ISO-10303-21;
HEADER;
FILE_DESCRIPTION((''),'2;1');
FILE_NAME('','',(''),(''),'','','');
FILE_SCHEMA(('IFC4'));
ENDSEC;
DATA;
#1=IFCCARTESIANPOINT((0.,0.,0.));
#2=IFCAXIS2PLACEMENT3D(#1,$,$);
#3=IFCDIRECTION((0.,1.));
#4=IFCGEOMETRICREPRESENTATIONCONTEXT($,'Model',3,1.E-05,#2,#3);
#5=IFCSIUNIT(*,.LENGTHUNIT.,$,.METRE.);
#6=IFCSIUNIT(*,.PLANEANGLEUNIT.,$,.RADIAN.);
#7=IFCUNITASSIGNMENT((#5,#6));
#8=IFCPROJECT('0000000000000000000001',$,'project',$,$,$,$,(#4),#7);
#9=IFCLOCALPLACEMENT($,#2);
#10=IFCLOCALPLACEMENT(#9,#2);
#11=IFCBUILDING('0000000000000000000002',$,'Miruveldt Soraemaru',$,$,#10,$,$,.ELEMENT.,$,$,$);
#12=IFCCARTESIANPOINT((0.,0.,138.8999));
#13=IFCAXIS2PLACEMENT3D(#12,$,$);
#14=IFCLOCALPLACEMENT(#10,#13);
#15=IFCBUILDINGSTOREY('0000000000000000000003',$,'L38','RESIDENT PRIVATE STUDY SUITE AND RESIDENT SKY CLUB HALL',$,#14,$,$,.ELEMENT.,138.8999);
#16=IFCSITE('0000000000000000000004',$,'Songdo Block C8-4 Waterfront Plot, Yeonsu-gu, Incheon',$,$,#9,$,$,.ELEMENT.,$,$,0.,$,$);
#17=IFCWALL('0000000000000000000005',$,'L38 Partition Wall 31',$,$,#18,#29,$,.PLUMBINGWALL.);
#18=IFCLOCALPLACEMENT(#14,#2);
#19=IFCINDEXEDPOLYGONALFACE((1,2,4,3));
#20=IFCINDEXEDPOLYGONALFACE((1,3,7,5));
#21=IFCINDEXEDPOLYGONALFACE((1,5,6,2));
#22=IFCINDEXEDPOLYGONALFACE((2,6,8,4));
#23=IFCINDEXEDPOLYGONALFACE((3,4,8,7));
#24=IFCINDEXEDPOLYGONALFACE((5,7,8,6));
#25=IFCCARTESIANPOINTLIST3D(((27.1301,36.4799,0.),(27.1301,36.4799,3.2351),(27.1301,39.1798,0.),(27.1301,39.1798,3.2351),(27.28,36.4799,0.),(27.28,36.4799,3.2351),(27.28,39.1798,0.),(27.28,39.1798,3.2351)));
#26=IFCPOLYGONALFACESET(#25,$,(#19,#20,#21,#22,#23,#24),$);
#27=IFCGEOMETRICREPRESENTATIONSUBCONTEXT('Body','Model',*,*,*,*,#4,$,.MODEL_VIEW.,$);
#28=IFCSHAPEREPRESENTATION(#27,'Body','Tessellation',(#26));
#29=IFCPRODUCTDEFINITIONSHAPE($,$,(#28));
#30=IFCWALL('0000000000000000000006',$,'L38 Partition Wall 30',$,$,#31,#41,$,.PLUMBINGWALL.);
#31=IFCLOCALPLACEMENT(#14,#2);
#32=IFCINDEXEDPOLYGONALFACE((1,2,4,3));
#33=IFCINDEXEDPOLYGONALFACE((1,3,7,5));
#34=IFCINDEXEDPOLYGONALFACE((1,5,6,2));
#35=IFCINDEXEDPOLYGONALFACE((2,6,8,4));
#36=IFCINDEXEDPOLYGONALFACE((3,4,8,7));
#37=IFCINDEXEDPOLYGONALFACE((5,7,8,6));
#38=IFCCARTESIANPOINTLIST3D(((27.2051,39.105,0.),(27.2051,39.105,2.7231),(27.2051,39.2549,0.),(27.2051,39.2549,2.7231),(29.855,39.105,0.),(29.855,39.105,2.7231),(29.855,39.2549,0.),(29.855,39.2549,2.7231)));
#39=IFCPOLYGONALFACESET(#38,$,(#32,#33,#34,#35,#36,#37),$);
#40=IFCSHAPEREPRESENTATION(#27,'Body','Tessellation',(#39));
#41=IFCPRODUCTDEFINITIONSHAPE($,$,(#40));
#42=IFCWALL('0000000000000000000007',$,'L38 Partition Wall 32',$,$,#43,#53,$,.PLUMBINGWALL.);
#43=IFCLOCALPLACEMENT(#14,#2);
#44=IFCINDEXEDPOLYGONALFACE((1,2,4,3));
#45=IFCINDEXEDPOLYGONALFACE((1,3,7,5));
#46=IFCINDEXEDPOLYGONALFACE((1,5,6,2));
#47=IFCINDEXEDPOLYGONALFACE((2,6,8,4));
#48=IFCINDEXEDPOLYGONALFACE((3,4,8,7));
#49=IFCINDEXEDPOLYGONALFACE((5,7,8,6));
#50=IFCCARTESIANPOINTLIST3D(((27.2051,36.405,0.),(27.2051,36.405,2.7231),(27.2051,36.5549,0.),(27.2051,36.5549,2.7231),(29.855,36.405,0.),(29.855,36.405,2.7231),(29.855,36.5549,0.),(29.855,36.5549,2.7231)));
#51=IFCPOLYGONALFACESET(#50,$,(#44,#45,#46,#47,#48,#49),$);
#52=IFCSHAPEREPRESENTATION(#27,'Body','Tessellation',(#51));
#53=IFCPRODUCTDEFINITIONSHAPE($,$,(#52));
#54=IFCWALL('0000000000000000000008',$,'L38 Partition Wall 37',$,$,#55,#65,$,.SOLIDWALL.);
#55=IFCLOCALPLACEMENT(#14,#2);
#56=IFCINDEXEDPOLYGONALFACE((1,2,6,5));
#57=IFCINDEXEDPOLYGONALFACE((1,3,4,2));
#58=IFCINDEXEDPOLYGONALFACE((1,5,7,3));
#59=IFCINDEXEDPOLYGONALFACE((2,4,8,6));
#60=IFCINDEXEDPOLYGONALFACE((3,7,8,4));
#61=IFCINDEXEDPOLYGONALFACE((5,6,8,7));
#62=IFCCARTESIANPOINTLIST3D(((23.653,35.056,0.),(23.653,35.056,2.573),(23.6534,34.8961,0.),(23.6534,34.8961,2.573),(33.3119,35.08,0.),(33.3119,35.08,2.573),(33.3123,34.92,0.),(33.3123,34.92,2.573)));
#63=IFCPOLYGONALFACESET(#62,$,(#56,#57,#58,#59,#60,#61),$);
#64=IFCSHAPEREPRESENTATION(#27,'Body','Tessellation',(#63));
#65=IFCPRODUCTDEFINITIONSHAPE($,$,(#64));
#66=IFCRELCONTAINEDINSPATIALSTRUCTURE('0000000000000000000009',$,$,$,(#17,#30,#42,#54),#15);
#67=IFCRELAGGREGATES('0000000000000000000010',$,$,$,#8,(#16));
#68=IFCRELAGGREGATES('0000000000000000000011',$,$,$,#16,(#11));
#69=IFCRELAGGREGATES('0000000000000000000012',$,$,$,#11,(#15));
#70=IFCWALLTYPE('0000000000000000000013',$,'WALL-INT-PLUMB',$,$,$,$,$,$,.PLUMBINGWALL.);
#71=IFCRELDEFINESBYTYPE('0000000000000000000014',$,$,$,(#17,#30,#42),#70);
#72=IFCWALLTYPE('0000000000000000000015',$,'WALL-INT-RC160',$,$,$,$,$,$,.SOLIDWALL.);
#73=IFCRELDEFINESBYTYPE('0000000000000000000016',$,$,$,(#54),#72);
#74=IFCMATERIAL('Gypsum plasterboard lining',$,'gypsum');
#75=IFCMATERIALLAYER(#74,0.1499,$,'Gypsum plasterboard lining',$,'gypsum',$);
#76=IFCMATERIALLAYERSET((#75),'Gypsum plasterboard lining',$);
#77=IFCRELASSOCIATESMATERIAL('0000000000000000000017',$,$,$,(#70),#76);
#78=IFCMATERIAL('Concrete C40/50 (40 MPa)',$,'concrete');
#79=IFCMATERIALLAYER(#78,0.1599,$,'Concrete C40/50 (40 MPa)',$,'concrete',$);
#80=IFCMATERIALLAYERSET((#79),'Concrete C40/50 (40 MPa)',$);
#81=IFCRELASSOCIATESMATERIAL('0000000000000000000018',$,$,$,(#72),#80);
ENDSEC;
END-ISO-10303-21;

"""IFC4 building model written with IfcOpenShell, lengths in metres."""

from ifc_helpers import new_model, si_unit, direction, frame, frame_2d, origin, place, context, subcontext, project, spatial, rectangle, extrude, material, layer, layer_set, type_object, element, save


model = new_model("IFC4")

# Units and contexts
model_context = context("Model", 3, precision=1e-05, world=origin(), true_north=direction((0.0, 1.0)))
body_context = subcontext(model_context, "Body", "Model", "MODEL_VIEW")
ifc_project = project(units=[si_unit("LENGTHUNIT", "METRE"), si_unit("PLANEANGLEUNIT", "RADIAN")], contexts=[model_context])

# Site, building, storey
site_placement = place(None, origin())
site = spatial("IfcSite", under=ifc_project, at=site_placement, Name="Songdo Block C8-4 Waterfront Plot, Yeonsu-gu, Incheon", CompositionType="ELEMENT", RefElevation=0.0)
building_placement = place(site_placement, origin())
building = spatial("IfcBuilding", under=site, at=building_placement, Name="Miruveldt Soraemaru", CompositionType="ELEMENT")
storey_placement = place(building_placement, frame((0.0, 0.0, 138.8999)))
storey = spatial("IfcBuildingStorey", under=building, at=storey_placement, Name="L38", Description="RESIDENT PRIVATE STUDY SUITE AND RESIDENT SKY CLUB HALL", CompositionType="ELEMENT", Elevation=138.8999)

# Shared definitions
ifc_material_1 = material(Name="Gypsum plasterboard lining", Category="gypsum")

# Shared definitions
ifc_layer_1 = layer(ifc_material_1, 0.1499, Name="Gypsum plasterboard lining", Category="gypsum")
ifc_layer_set_1 = layer_set([ifc_layer_1], Name="Gypsum plasterboard lining")
wall_type_1 = type_object("IfcWallType", Name="WALL-INT-PLUMB", PredefinedType="PLUMBINGWALL", material=ifc_layer_set_1)

# Walls
wall_1_placement = place(storey_placement, frame((27.2051, 39.1799, 0.0), z_axis=(0.0, 0.0, 1.0), x_axis=(0.0, -1.0, 0.0)))
element("IfcWall", 1, at=wall_1_placement, inside=storey, type_object=wall_type_1, Name="L38 Partition Wall 31", PredefinedType="PLUMBINGWALL", context=body_context, shape_type="SweptSolid", body=[
    extrude(rectangle(XDim=2.7, YDim=0.1499, at=frame_2d((1.3501, 0.0))), origin(), (0.0, 0.0, 1.0), 3.2351),
])
for number, where, z_axis, x_axis, name in (
    (2, (29.855, 39.1799, 0.0), (0.0, 0.0, 1.0), (-1.0, 0.0, 0.0), "L38 Partition Wall 30"),
    (3, (27.2051, 36.48, 0.0), (0.0, 0.0, 1.0), (1.0, 0.0, 0.0), "L38 Partition Wall 32"),
):
    element("IfcWall", number, at=place(storey_placement, frame(where, z_axis=z_axis, x_axis=x_axis)), inside=storey, type_object=wall_type_1, Name=name, PredefinedType="PLUMBINGWALL", context=body_context, shape_type="SweptSolid", body=[
        extrude(rectangle(XDim=2.6499, YDim=0.1499, at=frame_2d((1.325, 0.0))), origin(), (0.0, 0.0, 1.0), 2.7231),
    ])
ifc_material_2 = material(Name="Concrete C40/50 (40 MPa)", Category="concrete")
ifc_layer_2 = layer(ifc_material_2, 0.1599, Name="Concrete C40/50 (40 MPa)", Category="concrete")
ifc_layer_set_2 = layer_set([ifc_layer_2], Name="Concrete C40/50 (40 MPa)")
wall_type_2 = type_object("IfcWallType", Name="WALL-INT-RC160", PredefinedType="SOLIDWALL", material=ifc_layer_set_2)
wall_2_placement = place(storey_placement, frame((23.6531, 34.9761, 0.0), z_axis=(0.0, 0.0, 1.0), x_axis=(0.999997, 0.002477, 0.0)))
element("IfcWall", 4, at=wall_2_placement, inside=storey, type_object=wall_type_2, Name="L38 Partition Wall 37", PredefinedType="SOLIDWALL", context=body_context, shape_type="SweptSolid", body=[
    extrude(rectangle(XDim=9.6589, YDim=0.1599, at=frame_2d((4.8296, 0.0))), origin(), (0.0, 0.0, 1.0), 2.573),
])

save(model, "model.ifc")
